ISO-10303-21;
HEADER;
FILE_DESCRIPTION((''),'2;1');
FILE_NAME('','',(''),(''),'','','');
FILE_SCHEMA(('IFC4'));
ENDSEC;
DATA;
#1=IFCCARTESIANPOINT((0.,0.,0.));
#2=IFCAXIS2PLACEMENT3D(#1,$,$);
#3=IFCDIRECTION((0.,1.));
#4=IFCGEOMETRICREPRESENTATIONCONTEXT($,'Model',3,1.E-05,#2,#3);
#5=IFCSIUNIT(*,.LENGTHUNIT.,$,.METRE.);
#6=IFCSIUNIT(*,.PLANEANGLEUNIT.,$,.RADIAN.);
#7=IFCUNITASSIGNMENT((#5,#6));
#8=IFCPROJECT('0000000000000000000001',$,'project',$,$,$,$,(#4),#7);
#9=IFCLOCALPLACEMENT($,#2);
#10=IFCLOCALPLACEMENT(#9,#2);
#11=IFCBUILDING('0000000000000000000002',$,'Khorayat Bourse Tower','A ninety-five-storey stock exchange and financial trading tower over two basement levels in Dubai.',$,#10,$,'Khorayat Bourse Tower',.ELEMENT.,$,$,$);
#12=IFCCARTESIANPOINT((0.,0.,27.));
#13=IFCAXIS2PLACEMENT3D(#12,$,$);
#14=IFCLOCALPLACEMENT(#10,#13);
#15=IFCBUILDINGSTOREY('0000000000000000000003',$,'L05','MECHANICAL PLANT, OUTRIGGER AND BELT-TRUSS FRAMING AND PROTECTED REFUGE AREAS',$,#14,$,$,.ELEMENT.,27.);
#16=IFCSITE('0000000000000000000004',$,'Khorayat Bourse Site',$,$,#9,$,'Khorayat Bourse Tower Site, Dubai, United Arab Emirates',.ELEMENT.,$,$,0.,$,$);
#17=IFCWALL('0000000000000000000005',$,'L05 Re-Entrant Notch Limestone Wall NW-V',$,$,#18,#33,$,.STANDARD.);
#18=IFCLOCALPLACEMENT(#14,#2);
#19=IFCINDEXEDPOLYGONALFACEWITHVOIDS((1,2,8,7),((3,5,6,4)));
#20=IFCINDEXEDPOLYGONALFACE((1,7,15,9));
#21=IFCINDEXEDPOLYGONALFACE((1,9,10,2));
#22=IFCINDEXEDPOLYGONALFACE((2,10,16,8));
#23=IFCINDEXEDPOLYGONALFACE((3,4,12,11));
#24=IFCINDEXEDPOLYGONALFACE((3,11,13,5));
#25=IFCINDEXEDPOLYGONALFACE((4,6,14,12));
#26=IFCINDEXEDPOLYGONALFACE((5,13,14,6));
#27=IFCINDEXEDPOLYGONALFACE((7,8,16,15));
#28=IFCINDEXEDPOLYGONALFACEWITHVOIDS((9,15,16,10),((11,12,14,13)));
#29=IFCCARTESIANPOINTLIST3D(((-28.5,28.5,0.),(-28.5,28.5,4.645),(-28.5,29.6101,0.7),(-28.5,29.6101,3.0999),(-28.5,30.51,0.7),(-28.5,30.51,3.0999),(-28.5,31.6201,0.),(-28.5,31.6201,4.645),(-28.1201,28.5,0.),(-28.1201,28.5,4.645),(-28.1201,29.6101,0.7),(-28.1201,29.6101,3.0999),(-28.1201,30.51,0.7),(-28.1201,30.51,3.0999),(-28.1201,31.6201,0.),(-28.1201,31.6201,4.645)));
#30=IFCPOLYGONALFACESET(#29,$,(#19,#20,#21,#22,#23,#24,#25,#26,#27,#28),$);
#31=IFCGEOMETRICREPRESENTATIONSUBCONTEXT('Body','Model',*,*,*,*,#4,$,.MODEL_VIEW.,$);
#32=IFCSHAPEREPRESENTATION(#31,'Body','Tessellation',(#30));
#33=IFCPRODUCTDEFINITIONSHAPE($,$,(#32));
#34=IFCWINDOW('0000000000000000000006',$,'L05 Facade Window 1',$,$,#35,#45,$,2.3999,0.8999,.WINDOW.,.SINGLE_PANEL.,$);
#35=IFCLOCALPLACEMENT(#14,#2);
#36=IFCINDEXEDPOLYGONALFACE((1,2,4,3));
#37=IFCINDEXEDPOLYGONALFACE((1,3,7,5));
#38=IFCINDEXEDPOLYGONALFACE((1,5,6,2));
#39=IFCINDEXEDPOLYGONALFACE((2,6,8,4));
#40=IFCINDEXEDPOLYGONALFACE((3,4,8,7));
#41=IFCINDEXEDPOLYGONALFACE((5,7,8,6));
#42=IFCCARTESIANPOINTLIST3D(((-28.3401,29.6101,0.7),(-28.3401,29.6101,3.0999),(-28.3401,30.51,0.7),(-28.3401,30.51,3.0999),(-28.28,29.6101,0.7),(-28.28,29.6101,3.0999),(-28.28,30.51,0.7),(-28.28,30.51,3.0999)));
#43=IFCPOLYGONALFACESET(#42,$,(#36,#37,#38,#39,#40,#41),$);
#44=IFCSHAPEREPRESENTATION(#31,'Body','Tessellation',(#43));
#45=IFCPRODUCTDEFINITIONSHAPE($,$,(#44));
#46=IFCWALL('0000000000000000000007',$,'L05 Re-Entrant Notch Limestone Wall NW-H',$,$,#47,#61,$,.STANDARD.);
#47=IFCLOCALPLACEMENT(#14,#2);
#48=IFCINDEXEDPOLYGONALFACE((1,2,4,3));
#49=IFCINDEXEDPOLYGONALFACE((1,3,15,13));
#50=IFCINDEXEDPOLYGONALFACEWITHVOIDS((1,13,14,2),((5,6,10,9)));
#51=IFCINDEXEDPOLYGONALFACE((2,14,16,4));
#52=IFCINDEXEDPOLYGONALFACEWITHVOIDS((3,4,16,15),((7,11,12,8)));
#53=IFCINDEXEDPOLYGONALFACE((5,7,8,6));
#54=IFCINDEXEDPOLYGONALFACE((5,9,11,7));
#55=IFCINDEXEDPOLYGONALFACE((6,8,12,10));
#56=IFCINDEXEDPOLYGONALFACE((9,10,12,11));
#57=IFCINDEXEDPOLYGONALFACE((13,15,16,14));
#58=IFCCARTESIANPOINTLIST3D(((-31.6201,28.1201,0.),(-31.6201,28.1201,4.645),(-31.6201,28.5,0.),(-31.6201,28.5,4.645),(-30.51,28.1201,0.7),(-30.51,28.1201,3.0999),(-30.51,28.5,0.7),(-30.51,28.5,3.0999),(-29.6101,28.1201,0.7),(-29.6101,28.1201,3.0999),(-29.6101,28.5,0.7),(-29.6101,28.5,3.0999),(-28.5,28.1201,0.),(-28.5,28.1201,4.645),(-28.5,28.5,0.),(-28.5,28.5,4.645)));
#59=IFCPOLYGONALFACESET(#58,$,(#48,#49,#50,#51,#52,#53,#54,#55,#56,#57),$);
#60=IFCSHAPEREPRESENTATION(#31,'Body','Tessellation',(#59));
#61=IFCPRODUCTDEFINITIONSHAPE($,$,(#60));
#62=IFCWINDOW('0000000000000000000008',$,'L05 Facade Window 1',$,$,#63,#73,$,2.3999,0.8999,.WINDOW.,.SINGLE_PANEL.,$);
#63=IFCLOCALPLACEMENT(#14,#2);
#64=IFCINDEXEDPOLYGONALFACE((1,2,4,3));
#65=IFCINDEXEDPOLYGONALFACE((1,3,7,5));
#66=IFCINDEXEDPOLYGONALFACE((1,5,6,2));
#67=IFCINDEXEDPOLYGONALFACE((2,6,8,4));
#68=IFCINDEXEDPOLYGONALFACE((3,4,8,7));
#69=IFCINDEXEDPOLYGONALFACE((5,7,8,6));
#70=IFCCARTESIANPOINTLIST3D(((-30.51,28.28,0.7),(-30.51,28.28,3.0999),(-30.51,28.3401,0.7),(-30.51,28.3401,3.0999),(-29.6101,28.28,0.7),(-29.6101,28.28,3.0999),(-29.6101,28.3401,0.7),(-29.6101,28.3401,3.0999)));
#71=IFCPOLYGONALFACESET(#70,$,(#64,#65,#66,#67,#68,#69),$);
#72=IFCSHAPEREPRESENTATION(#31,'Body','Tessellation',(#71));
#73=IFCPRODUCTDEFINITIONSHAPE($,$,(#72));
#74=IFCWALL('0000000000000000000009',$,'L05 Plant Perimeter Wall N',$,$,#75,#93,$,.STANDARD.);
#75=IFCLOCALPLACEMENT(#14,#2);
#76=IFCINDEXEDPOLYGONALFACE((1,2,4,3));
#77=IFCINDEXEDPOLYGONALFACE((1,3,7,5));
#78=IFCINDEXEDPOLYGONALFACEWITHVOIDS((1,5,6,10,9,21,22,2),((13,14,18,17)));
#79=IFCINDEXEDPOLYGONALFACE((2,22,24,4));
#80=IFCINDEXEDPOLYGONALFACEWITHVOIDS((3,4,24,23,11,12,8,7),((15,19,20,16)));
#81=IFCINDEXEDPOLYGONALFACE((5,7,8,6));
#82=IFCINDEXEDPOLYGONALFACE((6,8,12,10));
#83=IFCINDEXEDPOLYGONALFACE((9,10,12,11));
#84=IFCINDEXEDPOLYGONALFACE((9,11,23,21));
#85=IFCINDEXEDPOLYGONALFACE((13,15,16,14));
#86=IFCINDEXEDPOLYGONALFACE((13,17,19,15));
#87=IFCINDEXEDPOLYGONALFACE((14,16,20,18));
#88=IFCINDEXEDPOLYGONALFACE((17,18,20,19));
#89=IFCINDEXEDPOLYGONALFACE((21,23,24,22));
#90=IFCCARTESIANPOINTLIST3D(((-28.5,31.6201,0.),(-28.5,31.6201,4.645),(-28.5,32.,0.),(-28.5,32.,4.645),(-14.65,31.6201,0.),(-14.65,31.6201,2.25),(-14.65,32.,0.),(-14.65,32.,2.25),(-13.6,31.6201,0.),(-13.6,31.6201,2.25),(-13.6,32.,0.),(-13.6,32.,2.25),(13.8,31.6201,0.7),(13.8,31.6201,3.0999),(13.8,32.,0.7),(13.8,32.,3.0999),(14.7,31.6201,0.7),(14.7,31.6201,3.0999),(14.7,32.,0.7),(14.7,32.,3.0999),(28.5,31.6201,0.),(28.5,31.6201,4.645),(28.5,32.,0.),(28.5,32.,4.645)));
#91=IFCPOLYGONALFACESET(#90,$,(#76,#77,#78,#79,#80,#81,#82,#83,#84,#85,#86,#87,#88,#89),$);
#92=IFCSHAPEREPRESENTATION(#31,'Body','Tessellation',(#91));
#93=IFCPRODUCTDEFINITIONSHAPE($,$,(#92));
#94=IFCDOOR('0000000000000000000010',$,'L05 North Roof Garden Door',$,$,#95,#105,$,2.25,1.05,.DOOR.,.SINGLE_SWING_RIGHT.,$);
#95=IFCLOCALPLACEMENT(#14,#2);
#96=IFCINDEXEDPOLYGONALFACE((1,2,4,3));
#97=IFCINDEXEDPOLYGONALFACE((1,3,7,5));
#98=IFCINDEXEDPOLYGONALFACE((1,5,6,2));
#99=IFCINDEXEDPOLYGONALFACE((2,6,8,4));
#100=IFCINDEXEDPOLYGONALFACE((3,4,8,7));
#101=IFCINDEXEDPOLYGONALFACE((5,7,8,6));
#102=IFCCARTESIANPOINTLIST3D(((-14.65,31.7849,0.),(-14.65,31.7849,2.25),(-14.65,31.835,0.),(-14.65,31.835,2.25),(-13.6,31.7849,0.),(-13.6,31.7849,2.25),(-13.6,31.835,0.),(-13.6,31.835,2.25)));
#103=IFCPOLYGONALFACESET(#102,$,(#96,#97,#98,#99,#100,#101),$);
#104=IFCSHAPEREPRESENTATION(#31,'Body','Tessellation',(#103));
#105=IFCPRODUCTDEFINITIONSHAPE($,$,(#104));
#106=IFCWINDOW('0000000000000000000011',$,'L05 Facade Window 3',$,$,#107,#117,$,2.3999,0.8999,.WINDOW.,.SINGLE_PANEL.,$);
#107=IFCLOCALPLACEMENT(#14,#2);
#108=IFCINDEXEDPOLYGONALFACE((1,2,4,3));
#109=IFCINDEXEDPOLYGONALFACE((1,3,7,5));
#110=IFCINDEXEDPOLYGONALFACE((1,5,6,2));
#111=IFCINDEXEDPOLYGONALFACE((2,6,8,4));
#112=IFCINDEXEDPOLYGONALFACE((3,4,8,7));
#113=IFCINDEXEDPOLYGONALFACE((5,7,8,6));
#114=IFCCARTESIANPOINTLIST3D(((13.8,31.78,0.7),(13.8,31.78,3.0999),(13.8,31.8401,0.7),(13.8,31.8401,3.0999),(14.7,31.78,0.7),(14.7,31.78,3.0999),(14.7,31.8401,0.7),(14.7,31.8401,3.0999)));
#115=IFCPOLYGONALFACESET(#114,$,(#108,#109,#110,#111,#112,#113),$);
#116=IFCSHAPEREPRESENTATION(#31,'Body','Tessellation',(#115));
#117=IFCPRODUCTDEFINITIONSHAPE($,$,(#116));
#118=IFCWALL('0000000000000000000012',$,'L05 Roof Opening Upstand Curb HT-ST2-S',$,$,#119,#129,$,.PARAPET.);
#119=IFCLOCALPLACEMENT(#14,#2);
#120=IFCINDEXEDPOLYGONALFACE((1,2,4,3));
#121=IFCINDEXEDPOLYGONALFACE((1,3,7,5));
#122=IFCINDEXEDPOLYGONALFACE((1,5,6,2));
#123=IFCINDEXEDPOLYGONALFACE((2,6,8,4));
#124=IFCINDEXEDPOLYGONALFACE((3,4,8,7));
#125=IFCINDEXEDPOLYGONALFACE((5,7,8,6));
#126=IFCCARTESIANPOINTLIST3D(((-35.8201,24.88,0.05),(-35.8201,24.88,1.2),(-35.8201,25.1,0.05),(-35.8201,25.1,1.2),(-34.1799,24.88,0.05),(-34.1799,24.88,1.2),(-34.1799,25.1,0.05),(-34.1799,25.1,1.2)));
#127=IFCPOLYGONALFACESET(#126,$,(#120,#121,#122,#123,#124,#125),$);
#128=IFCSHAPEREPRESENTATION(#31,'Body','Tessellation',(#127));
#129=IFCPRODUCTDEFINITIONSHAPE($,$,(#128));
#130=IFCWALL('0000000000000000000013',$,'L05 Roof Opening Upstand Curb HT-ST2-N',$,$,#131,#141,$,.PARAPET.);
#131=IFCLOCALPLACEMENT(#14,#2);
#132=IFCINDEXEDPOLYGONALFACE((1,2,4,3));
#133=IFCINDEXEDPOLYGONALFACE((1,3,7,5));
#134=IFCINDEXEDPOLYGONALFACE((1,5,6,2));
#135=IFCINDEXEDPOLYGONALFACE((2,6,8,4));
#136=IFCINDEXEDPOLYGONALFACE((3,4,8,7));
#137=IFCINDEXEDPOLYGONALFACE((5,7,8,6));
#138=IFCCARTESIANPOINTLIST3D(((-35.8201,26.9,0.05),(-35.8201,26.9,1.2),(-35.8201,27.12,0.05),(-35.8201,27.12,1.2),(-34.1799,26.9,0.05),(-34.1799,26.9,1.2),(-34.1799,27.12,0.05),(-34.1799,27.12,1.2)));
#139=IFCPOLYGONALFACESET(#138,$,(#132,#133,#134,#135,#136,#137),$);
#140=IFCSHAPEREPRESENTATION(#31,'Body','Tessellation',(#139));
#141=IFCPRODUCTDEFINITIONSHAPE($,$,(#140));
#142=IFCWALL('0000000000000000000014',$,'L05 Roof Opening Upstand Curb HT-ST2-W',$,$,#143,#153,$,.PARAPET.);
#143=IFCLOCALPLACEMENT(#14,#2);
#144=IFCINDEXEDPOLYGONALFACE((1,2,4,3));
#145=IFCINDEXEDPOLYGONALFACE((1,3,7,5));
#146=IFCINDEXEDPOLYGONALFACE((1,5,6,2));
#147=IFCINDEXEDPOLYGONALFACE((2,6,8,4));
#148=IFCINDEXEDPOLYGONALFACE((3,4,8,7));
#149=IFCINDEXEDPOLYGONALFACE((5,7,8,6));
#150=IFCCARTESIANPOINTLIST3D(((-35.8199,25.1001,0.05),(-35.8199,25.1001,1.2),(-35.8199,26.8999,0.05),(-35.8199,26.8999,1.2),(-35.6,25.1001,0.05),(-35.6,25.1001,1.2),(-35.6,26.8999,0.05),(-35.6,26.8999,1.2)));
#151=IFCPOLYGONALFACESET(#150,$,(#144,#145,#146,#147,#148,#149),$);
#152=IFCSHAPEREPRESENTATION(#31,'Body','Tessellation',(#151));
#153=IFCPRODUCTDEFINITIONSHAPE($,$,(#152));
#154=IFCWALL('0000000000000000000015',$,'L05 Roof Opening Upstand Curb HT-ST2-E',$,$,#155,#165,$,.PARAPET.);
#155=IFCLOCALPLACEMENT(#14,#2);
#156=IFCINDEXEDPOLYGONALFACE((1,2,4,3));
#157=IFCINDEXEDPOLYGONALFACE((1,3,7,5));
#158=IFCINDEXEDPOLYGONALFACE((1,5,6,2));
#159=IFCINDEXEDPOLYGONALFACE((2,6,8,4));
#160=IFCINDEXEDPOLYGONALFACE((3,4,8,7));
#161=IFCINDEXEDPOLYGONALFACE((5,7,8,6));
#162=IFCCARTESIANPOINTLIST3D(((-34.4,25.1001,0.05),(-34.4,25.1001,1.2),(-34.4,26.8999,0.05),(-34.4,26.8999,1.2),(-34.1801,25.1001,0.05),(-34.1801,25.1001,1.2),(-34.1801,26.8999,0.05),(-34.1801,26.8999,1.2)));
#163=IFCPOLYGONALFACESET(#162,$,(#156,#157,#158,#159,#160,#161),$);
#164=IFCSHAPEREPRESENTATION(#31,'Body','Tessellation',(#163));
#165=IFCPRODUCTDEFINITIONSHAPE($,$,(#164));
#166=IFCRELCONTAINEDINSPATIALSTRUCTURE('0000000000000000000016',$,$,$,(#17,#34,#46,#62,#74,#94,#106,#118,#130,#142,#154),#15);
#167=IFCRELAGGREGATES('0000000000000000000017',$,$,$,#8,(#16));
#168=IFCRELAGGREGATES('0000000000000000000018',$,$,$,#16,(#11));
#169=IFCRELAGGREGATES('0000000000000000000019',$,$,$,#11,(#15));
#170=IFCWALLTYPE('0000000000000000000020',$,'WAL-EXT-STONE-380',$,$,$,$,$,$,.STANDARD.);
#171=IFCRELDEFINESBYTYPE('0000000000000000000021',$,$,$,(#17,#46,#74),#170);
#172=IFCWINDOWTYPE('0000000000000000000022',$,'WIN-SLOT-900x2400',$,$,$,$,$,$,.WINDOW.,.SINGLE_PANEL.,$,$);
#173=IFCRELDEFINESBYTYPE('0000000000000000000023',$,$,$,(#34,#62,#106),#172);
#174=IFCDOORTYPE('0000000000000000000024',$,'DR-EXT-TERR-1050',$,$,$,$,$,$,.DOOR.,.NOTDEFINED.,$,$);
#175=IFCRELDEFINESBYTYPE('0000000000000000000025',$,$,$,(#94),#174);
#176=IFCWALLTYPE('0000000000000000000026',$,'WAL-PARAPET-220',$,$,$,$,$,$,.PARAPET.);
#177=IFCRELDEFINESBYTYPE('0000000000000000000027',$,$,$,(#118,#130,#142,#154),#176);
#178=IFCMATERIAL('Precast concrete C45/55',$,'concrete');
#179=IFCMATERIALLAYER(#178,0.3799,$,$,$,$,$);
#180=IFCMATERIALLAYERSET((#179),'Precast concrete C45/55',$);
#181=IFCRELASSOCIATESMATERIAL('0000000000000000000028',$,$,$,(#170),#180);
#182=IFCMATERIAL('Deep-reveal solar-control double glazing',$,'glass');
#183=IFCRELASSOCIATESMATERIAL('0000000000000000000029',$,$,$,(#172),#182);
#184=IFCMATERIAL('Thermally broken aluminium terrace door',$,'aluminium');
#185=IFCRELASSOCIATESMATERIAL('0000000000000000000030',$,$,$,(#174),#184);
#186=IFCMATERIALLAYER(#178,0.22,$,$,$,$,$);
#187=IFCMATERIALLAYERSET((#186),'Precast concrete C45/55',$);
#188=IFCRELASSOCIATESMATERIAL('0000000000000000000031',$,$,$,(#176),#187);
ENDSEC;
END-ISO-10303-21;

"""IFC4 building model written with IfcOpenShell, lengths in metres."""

from ifc_helpers import new_model, si_unit, direction, frame, frame_2d, origin, place, context, subcontext, project, spatial, rectangle, extrude, source, transform, mapped, material, layer, layer_set, type_object, element, fill, save


model = new_model("IFC4")

# Units and contexts
model_context = context("Model", 3, precision=1e-05, world=origin(), true_north=direction((0.0, 1.0)))
body_context = subcontext(model_context, "Body", "Model", "MODEL_VIEW")
ifc_project = project(units=[si_unit("LENGTHUNIT", "METRE"), si_unit("PLANEANGLEUNIT", "RADIAN")], contexts=[model_context])

# Site, building, storey
site_placement = place(None, origin())
site = spatial("IfcSite", under=ifc_project, at=site_placement, Name="Khorayat Bourse Site", LongName="Khorayat Bourse Tower Site, Dubai, United Arab Emirates", CompositionType="ELEMENT", RefElevation=0.0)
building_placement = place(site_placement, origin())
building = spatial("IfcBuilding", under=site, at=building_placement, Name="Khorayat Bourse Tower", Description="A ninety-five-storey stock exchange and financial trading tower over two basement levels in Dubai.", LongName="Khorayat Bourse Tower", CompositionType="ELEMENT")
storey_placement = place(building_placement, frame((0.0, 0.0, 27.0)))
storey = spatial("IfcBuildingStorey", under=building, at=storey_placement, Name="L05", Description="MECHANICAL PLANT, OUTRIGGER AND BELT-TRUSS FRAMING AND PROTECTED REFUGE AREAS", CompositionType="ELEMENT", Elevation=27.0)

# Walls, openings, windows
ifc_material_1 = material(Name="Precast concrete C45/55", Category="concrete")
ifc_layer_1 = layer(ifc_material_1, 0.3799)
ifc_layer_set_1 = layer_set([ifc_layer_1], Name="Precast concrete C45/55")
wall_type_1 = type_object("IfcWallType", Name="WAL-EXT-STONE-380", PredefinedType="STANDARD", material=ifc_layer_set_1)
shared_shape_1 = source(origin(), body_context, "Body", "SweptSolid", [
    extrude(rectangle(XDim=3.1201, YDim=0.3799, at=frame_2d((1.5601, 0.0))), origin(), (0.0, 0.0, 1.0), 4.645),
])
wall_1_placement = place(storey_placement, frame((-28.3101, 28.5, 0.0), z_axis=(0.0, 0.0, 1.0), x_axis=(0.0, 1.0, 0.0)))
wall_1 = element("IfcWall", 1, at=wall_1_placement, inside=storey, type_object=wall_type_1, Name="L05 Re-Entrant Notch Limestone Wall NW-V", PredefinedType="STANDARD", context=body_context, shape_type="MappedRepresentation", body=[
    mapped(shared_shape_1, transform((0.0, 0.0, 0.0), scale=1.0)),
])
shared_shape_2 = source(origin(), body_context, "Body", "SweptSolid", [
    extrude(rectangle(XDim=0.8999, YDim=2.3999, at=frame_2d((0.45, 1.2))), frame((0.0, 0.2, 0.0), z_axis=(0.0, -1.0, 0.0), x_axis=(1.0, 0.0, 0.0)), (0.0, 0.0, 1.0), 0.3999),
])
opening_1_placement = place(wall_1_placement, frame((1.1101, 0.0, 0.7)))
opening_1 = element("IfcOpeningElement", 2, at=opening_1_placement, cuts=wall_1, PredefinedType="OPENING", context=body_context, shape_type="MappedRepresentation", body=[
    mapped(shared_shape_2, transform((0.0, 0.0, 0.0), scale=1.0)),
])
ifc_material_2 = material(Name="Deep-reveal solar-control double glazing", Category="glass")
window_type = type_object("IfcWindowType", Name="WIN-SLOT-900x2400", PartitioningType="SINGLE_PANEL", PredefinedType="WINDOW", material=ifc_material_2)
shared_shape_3 = source(origin(), body_context, "Body", "SweptSolid", [
    extrude(rectangle(XDim=0.8999, YDim=2.3999, at=frame_2d((0.45, 1.2))), frame((0.0, 0.03, 0.0), z_axis=(0.0, -1.0, 0.0), x_axis=(1.0, 0.0, 0.0)), (0.0, 0.0, 1.0), 0.0601),
])
window_1_placement = place(opening_1_placement, origin())
window_1 = element("IfcWindow", 3, at=window_1_placement, inside=storey, type_object=window_type, Name="L05 Facade Window 1", OverallHeight=2.3999, OverallWidth=0.8999, PartitioningType="SINGLE_PANEL", PredefinedType="WINDOW", context=body_context, shape_type="MappedRepresentation", body=[
    mapped(shared_shape_3, transform((0.0, 0.0, 0.0), scale=1.0)),
])
fill(opening_1, window_1)
wall_2_placement = place(storey_placement, frame((-28.5, 28.3101, 0.0), z_axis=(0.0, 0.0, 1.0), x_axis=(-1.0, 0.0, 0.0)))
wall_2 = element("IfcWall", 4, at=wall_2_placement, inside=storey, type_object=wall_type_1, Name="L05 Re-Entrant Notch Limestone Wall NW-H", PredefinedType="STANDARD", context=body_context, shape_type="MappedRepresentation", body=[
    mapped(shared_shape_1, transform((0.0, 0.0, 0.0), scale=1.0)),
])
opening_2_placement = place(wall_2_placement, frame((1.1101, 0.0, 0.7)))
opening_2 = element("IfcOpeningElement", 5, at=opening_2_placement, cuts=wall_2, PredefinedType="OPENING", context=body_context, shape_type="MappedRepresentation", body=[
    mapped(shared_shape_2, transform((0.0, 0.0, 0.0), scale=1.0)),
])
window_2_placement = place(opening_2_placement, origin())
window_2 = element("IfcWindow", 6, at=window_2_placement, inside=storey, type_object=window_type, Name="L05 Facade Window 1", OverallHeight=2.3999, OverallWidth=0.8999, PartitioningType="SINGLE_PANEL", PredefinedType="WINDOW", context=body_context, shape_type="MappedRepresentation", body=[
    mapped(shared_shape_3, transform((0.0, 0.0, 0.0), scale=1.0)),
])
fill(opening_2, window_2)

# Wall, openings, door, window
shared_shape_4 = source(origin(), body_context, "Body", "SweptSolid", [
    extrude(rectangle(XDim=57.0, YDim=0.3799, at=frame_2d((28.5, 0.0))), origin(), (0.0, 0.0, 1.0), 4.645),
])
wall_3_placement = place(storey_placement, frame((-28.5, 31.8101, 0.0), z_axis=(0.0, 0.0, 1.0), x_axis=(1.0, 0.0, 0.0)))
wall_3 = element("IfcWall", 7, at=wall_3_placement, inside=storey, type_object=wall_type_1, Name="L05 Plant Perimeter Wall N", PredefinedType="STANDARD", context=body_context, shape_type="MappedRepresentation", body=[
    mapped(shared_shape_4, transform((0.0, 0.0, 0.0), scale=1.0)),
])
shared_shape_5 = source(origin(), body_context, "Body", "SweptSolid", [
    extrude(rectangle(XDim=1.05, YDim=2.25, at=frame_2d((0.5249, 1.125))), frame((0.0, 0.2, 0.0), z_axis=(0.0, -1.0, 0.0), x_axis=(1.0, 0.0, 0.0)), (0.0, 0.0, 1.0), 0.3999),
])
opening_3_placement = place(wall_3_placement, frame((13.8501, 0.0, 0.0)))
opening_3 = element("IfcOpeningElement", 8, at=opening_3_placement, cuts=wall_3, PredefinedType="OPENING", context=body_context, shape_type="MappedRepresentation", body=[
    mapped(shared_shape_5, transform((0.0, 0.0, 0.0), scale=1.0)),
])
opening_4_placement = place(wall_3_placement, frame((42.3, 0.0, 0.7)))
opening_4 = element("IfcOpeningElement", 9, at=opening_4_placement, cuts=wall_3, PredefinedType="OPENING", context=body_context, shape_type="MappedRepresentation", body=[
    mapped(shared_shape_2, transform((0.0, 0.0, 0.0), scale=1.0)),
])
ifc_material_3 = material(Name="Thermally broken aluminium terrace door", Category="aluminium")
door_type = type_object("IfcDoorType", Name="DR-EXT-TERR-1050", OperationType="NOTDEFINED", PredefinedType="DOOR", material=ifc_material_3)
shared_shape_6 = source(origin(), body_context, "Body", "SweptSolid", [
    extrude(rectangle(XDim=1.05, YDim=2.25, at=frame_2d((0.5249, 1.125))), frame((0.0, 0.0249, 0.0), z_axis=(0.0, -1.0, 0.0), x_axis=(1.0, 0.0, 0.0)), (0.0, 0.0, 1.0), 0.05),
])
door_placement = place(opening_3_placement, origin())
door = element("IfcDoor", 10, at=door_placement, inside=storey, type_object=door_type, Name="L05 North Roof Garden Door", OperationType="SINGLE_SWING_RIGHT", OverallHeight=2.25, OverallWidth=1.05, PredefinedType="DOOR", context=body_context, shape_type="MappedRepresentation", body=[
    mapped(shared_shape_6, transform((0.0, 0.0, 0.0), scale=1.0)),
])
fill(opening_3, door)
window_3_placement = place(opening_4_placement, origin())
window_3 = element("IfcWindow", 11, at=window_3_placement, inside=storey, type_object=window_type, Name="L05 Facade Window 3", OverallHeight=2.3999, OverallWidth=0.8999, PartitioningType="SINGLE_PANEL", PredefinedType="WINDOW", context=body_context, shape_type="MappedRepresentation", body=[
    mapped(shared_shape_3, transform((0.0, 0.0, 0.0), scale=1.0)),
])
fill(opening_4, window_3)

# Walls
ifc_layer_2 = layer(ifc_material_1, 0.22)
ifc_layer_set_2 = layer_set([ifc_layer_2], Name="Precast concrete C45/55")
wall_type_2 = type_object("IfcWallType", Name="WAL-PARAPET-220", PredefinedType="PARAPET", material=ifc_layer_set_2)
shared_shape_7 = source(origin(), body_context, "Body", "SweptSolid", [
    extrude(rectangle(XDim=1.6401, YDim=0.22, at=frame_2d((0.8201, 0.0))), origin(), (0.0, 0.0, 1.0), 1.1499),
])
for number, where, z_axis, x_axis, name in (
    (12, (-35.8201, 24.99, 0.05), (0.0, 0.0, 1.0), (1.0, 0.0, 0.0), "L05 Roof Opening Upstand Curb HT-ST2-S"),
    (13, (-35.8201, 27.01, 0.05), (0.0, 0.0, 1.0), (1.0, 0.0, 0.0), "L05 Roof Opening Upstand Curb HT-ST2-N"),
):
    element("IfcWall", number, at=place(storey_placement, frame(where, z_axis=z_axis, x_axis=x_axis)), inside=storey, type_object=wall_type_2, Name=name, PredefinedType="PARAPET", context=body_context, shape_type="MappedRepresentation", body=[
        mapped(shared_shape_7, transform((0.0, 0.0, 0.0), scale=1.0)),
    ])
shared_shape_8 = source(origin(), body_context, "Body", "SweptSolid", [
    extrude(rectangle(XDim=1.7998, YDim=0.22, at=frame_2d((0.8999, 0.0))), origin(), (0.0, 0.0, 1.0), 1.1499),
])
for number, where, z_axis, x_axis, name in (
    (14, (-35.71, 25.1001, 0.05), (0.0, 0.0, 1.0), (0.0, 1.0, 0.0), "L05 Roof Opening Upstand Curb HT-ST2-W"),
    (15, (-34.29, 25.1001, 0.05), (0.0, 0.0, 1.0), (0.0, 1.0, 0.0), "L05 Roof Opening Upstand Curb HT-ST2-E"),
):
    element("IfcWall", number, at=place(storey_placement, frame(where, z_axis=z_axis, x_axis=x_axis)), inside=storey, type_object=wall_type_2, Name=name, PredefinedType="PARAPET", context=body_context, shape_type="MappedRepresentation", body=[
        mapped(shared_shape_8, transform((0.0, 0.0, 0.0), scale=1.0)),
    ])

save(model, "model.ifc")
